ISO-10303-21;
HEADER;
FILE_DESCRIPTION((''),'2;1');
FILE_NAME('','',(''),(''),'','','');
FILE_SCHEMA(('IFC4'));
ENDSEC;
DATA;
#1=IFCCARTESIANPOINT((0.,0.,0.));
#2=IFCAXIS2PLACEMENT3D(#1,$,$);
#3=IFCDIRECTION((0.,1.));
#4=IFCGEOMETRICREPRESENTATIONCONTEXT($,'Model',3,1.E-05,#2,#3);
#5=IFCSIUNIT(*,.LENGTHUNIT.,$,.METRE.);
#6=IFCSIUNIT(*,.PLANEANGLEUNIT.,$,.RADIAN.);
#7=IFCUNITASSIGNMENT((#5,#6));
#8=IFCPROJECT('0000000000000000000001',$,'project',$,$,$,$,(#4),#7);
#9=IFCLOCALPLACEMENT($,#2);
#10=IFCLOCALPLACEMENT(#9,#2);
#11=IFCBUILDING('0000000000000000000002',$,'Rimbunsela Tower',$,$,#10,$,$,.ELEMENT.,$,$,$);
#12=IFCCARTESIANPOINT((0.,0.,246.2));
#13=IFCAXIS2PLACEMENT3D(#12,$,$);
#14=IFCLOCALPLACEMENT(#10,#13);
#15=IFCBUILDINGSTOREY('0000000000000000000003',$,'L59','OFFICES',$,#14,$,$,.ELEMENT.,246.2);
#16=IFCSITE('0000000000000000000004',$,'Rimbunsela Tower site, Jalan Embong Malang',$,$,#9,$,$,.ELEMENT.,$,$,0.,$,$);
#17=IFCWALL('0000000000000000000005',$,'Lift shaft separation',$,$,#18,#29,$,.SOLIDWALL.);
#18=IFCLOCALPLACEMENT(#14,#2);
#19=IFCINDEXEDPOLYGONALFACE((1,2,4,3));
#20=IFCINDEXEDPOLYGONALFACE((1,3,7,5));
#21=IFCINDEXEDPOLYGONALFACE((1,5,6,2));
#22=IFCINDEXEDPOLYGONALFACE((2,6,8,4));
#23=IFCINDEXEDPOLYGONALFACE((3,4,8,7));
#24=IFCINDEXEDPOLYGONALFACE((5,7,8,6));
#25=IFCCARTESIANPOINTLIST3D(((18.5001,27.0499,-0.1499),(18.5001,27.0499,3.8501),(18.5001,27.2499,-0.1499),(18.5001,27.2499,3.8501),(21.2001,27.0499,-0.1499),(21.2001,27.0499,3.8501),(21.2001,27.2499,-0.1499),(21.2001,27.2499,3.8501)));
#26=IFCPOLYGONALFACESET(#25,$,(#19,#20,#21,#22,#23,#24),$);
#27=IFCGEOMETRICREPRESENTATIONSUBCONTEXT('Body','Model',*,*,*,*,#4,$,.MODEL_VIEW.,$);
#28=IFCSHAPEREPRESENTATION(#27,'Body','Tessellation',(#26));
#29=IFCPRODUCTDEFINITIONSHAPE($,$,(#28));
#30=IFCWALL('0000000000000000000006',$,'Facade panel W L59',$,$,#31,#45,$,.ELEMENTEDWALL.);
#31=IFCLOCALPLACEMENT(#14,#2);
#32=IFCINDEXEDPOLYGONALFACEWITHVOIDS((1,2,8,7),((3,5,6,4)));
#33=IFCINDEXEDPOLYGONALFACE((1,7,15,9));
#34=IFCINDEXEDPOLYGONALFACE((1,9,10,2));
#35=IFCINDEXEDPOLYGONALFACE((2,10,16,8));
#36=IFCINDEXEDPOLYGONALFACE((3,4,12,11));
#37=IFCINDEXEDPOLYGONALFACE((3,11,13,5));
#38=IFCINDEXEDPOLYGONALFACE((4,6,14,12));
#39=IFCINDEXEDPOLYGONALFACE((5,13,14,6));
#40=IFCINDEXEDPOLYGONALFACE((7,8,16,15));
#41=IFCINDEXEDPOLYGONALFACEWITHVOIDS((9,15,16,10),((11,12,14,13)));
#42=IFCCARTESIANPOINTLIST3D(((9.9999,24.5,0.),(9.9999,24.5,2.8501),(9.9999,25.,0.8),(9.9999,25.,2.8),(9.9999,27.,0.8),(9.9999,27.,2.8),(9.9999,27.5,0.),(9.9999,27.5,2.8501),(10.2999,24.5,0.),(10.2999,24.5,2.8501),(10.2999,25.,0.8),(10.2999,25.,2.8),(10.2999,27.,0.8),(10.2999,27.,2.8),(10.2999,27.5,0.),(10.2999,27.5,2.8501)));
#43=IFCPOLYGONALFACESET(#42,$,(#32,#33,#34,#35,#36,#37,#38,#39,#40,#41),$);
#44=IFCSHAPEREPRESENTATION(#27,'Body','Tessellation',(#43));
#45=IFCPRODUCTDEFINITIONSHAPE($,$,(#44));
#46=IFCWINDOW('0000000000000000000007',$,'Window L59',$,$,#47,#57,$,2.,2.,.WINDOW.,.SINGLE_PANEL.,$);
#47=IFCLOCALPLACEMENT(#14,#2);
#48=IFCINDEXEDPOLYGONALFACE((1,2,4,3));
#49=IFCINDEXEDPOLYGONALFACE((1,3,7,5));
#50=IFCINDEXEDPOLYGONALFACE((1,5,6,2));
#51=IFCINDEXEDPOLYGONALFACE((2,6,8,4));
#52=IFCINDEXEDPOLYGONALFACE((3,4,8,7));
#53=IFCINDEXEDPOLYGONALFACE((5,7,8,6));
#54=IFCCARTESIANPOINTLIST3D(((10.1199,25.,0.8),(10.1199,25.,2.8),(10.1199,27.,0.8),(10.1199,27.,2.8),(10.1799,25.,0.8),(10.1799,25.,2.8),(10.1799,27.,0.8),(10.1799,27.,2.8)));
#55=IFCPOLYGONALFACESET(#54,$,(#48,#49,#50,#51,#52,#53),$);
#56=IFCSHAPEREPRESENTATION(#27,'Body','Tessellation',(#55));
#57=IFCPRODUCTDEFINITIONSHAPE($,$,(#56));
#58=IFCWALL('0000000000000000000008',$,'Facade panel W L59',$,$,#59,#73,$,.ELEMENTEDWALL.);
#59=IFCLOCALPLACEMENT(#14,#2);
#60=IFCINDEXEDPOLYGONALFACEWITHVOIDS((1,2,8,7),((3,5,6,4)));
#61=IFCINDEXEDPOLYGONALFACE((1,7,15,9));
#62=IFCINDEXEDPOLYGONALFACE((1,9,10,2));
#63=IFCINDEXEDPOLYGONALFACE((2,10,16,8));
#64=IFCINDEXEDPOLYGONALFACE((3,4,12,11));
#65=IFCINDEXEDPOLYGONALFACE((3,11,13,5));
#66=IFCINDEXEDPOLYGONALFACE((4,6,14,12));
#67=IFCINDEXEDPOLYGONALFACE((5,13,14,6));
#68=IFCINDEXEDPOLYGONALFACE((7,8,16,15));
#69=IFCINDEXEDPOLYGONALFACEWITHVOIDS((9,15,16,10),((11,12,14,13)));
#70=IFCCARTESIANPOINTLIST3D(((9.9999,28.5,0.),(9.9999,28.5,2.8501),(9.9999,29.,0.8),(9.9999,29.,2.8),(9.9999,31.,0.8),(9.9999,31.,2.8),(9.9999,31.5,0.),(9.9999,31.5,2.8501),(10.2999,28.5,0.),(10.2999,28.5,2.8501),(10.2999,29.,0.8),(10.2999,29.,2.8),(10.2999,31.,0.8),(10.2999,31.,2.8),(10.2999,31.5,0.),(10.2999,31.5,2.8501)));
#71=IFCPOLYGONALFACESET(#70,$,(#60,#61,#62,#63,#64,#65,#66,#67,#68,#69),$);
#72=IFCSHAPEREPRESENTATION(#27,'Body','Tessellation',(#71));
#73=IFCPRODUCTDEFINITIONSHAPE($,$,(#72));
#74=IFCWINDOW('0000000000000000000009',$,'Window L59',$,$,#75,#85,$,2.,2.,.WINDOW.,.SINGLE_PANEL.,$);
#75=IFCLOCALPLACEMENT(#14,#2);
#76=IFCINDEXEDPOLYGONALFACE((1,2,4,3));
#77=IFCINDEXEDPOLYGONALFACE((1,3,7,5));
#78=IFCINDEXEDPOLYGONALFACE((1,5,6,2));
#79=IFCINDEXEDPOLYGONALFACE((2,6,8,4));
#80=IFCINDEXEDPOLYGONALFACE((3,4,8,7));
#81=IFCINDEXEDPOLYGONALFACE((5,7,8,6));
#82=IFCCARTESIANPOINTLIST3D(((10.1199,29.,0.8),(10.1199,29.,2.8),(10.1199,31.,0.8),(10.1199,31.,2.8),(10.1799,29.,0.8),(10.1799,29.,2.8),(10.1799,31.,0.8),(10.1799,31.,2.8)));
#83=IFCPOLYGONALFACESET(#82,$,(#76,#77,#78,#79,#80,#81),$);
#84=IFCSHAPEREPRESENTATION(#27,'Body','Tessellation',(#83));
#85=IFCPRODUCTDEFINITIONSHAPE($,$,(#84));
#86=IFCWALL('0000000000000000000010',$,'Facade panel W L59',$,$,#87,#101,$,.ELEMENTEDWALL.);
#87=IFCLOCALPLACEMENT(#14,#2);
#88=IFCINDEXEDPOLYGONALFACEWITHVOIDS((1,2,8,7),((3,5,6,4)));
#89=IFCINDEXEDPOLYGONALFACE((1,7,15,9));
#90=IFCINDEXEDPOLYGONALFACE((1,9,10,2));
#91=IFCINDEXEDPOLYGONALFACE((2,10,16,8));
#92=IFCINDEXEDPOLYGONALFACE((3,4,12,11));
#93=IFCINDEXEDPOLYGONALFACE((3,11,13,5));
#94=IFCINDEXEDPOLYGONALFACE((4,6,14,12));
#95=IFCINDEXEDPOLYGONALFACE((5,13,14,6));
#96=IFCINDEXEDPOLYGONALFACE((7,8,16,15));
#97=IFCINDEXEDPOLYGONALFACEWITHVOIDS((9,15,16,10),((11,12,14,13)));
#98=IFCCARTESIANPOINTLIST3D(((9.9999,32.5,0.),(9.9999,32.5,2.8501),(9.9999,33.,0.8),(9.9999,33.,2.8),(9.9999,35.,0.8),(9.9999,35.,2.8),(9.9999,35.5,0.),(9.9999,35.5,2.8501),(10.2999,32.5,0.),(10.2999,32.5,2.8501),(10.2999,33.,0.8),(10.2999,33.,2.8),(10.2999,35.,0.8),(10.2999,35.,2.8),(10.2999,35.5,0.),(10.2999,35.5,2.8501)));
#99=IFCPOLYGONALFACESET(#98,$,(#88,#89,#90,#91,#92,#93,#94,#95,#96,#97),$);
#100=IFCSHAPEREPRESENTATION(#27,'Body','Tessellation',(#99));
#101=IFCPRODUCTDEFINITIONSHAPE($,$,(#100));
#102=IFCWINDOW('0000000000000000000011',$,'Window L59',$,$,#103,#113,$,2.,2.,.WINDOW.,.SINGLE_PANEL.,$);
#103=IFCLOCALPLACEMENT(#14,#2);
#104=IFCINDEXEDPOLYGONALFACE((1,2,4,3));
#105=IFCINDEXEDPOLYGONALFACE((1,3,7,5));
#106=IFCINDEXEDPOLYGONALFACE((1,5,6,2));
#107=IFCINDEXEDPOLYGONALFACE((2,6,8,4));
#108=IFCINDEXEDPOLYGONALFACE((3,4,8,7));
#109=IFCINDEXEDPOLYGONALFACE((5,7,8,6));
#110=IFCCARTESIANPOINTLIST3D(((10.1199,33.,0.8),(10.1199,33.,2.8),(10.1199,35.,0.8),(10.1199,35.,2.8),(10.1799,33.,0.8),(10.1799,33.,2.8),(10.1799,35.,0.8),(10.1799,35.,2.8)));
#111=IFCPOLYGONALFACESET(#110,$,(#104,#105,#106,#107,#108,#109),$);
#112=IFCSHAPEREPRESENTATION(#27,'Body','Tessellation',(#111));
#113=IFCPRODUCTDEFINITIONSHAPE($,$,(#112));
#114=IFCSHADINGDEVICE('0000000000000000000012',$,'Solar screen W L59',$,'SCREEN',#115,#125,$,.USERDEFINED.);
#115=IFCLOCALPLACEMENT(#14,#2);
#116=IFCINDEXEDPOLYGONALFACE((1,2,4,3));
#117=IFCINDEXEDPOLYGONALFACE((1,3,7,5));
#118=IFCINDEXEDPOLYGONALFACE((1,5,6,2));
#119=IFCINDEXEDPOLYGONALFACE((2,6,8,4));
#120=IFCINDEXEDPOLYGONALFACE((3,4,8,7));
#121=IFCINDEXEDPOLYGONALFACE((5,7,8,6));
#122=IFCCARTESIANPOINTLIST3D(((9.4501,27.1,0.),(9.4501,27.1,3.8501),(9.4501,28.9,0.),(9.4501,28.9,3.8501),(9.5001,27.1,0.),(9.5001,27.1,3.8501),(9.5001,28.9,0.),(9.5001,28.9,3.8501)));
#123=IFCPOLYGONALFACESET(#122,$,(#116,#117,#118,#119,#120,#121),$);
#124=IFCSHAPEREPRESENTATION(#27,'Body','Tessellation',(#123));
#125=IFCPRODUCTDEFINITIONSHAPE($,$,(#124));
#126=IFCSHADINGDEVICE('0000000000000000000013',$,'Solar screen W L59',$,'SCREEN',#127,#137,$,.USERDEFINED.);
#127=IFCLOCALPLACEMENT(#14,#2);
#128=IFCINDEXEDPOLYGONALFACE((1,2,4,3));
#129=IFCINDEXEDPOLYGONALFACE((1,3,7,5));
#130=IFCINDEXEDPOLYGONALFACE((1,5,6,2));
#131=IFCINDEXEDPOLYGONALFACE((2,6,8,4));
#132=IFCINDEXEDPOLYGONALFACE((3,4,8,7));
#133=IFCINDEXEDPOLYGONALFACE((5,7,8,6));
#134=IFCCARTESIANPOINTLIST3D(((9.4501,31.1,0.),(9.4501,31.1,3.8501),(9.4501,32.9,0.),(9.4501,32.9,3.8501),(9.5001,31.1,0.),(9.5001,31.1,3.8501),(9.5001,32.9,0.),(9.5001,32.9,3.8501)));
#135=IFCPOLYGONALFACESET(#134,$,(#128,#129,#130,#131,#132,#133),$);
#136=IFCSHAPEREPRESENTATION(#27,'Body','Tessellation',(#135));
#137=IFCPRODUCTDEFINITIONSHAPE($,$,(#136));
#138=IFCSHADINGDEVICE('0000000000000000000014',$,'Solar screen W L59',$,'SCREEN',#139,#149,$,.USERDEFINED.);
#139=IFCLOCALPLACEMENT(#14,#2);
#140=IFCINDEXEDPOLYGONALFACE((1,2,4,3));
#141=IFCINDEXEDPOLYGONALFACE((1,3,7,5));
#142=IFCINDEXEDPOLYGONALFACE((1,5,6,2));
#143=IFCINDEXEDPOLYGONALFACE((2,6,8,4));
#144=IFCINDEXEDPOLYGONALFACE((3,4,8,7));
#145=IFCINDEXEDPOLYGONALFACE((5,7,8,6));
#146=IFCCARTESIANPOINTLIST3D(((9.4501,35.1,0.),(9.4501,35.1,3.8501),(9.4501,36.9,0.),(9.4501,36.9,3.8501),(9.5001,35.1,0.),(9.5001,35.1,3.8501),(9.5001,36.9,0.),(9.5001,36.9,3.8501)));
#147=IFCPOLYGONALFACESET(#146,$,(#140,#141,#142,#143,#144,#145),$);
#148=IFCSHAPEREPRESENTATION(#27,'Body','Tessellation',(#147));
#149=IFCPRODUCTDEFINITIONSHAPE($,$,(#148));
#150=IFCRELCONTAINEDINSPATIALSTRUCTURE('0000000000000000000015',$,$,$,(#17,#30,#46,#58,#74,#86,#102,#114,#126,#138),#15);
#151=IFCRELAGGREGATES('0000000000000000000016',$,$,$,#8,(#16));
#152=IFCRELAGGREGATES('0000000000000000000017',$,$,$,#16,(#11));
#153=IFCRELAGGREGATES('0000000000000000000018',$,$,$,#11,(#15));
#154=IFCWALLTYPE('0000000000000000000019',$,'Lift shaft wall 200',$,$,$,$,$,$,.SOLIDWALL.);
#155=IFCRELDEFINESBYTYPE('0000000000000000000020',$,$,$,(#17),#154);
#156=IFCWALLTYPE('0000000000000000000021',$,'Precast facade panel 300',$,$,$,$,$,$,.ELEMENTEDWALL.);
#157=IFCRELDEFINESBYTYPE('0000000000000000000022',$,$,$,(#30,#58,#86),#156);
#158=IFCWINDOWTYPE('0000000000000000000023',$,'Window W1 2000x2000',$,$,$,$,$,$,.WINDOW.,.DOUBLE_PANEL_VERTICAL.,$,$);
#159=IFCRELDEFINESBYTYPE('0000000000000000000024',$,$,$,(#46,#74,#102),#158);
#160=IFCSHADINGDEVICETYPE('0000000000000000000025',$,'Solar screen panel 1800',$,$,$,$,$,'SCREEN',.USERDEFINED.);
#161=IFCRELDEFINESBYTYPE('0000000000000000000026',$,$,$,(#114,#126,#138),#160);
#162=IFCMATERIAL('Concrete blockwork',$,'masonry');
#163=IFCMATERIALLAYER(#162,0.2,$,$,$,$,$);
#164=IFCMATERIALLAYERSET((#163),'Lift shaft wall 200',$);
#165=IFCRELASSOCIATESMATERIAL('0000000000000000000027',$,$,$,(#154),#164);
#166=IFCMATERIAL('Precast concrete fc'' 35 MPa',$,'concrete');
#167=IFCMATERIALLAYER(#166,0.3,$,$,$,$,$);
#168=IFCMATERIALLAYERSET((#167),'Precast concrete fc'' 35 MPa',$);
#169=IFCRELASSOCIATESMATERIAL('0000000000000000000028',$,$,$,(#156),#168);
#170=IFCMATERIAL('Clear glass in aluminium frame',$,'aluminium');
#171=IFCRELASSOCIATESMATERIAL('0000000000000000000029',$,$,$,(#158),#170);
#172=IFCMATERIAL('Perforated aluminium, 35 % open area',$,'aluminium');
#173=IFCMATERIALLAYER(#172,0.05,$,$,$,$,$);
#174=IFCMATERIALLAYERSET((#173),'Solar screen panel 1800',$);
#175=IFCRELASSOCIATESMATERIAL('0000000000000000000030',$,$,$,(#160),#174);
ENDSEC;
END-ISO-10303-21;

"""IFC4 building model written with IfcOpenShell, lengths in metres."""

from ifc_helpers import new_model, si_unit, direction, frame, frame_2d, origin, origin_2d, place, context, subcontext, project, spatial, rectangle, extrude, material, layer, layer_set, type_object, element, fill, save


model = new_model("IFC4")

# Units and contexts
model_context = context("Model", 3, precision=1e-05, world=origin(), true_north=direction((0.0, 1.0)))
body_context = subcontext(model_context, "Body", "Model", "MODEL_VIEW")
ifc_project = project(units=[si_unit("LENGTHUNIT", "METRE"), si_unit("PLANEANGLEUNIT", "RADIAN")], contexts=[model_context])

# Site, building, storey
site_placement = place(None, origin())
site = spatial("IfcSite", under=ifc_project, at=site_placement, Name="Rimbunsela Tower site, Jalan Embong Malang", CompositionType="ELEMENT", RefElevation=0.0)
building_placement = place(site_placement, origin())
building = spatial("IfcBuilding", under=site, at=building_placement, Name="Rimbunsela Tower", CompositionType="ELEMENT")
storey_placement = place(building_placement, frame((0.0, 0.0, 246.2)))
storey = spatial("IfcBuildingStorey", under=building, at=storey_placement, Name="L59", Description="OFFICES", CompositionType="ELEMENT", Elevation=246.2)

# Wall
ifc_material_1 = material(Name="Concrete blockwork", Category="masonry")
ifc_layer_1 = layer(ifc_material_1, 0.2)
ifc_layer_set_1 = layer_set([ifc_layer_1], Name="Lift shaft wall 200")
wall_type_1 = type_object("IfcWallType", Name="Lift shaft wall 200", PredefinedType="SOLIDWALL", material=ifc_layer_set_1)
wall_1_placement = place(storey_placement, frame((18.5, 27.1499, -0.1499), z_axis=(0.0, 0.0, 1.0), x_axis=(1.0, 0.0, 0.0)))
element("IfcWall", 1, at=wall_1_placement, inside=storey, type_object=wall_type_1, Name="Lift shaft separation", PredefinedType="SOLIDWALL", context=body_context, shape_type="SweptSolid", body=[
    extrude(rectangle(XDim=2.7, YDim=0.2, at=frame_2d((1.3501, 0.0))), origin(), (0.0, 0.0, 1.0), 4.0),
])

# Walls, openings, windows
ifc_material_2 = material(Name="Precast concrete fc' 35 MPa", Category="concrete")
ifc_layer_2 = layer(ifc_material_2, 0.3)
ifc_layer_set_2 = layer_set([ifc_layer_2], Name="Precast concrete fc' 35 MPa")
wall_type_2 = type_object("IfcWallType", Name="Precast facade panel 300", PredefinedType="ELEMENTEDWALL", material=ifc_layer_set_2)
wall_2_placement = place(storey_placement, frame((10.1499, 27.5, 0.0), z_axis=(0.0, 0.0, 1.0), x_axis=(0.0, -1.0, 0.0)))
wall_2 = element("IfcWall", 2, at=wall_2_placement, inside=storey, type_object=wall_type_2, Name="Facade panel W L59", PredefinedType="ELEMENTEDWALL", context=body_context, shape_type="SweptSolid", body=[
    extrude(rectangle(XDim=3.0, YDim=0.3, at=frame_2d((1.5, 0.0))), origin(), (0.0, 0.0, 1.0), 2.8501),
])
opening_1_placement = place(wall_2_placement, frame((0.5, 0.0, 0.8)))
opening_1 = element("IfcOpeningElement", 3, at=opening_1_placement, cuts=wall_2, PredefinedType="OPENING", context=body_context, shape_type="SweptSolid", body=[
    extrude(rectangle(XDim=2.0, YDim=2.0, at=frame_2d((1.0, 1.0))), frame((0.0, 0.1599, 0.0), z_axis=(0.0, -1.0, 0.0), x_axis=(1.0, 0.0, 0.0)), (0.0, 0.0, 1.0), 0.3201),
])
ifc_material_3 = material(Name="Clear glass in aluminium frame", Category="aluminium")
window_type = type_object("IfcWindowType", Name="Window W1 2000x2000", PartitioningType="DOUBLE_PANEL_VERTICAL", PredefinedType="WINDOW", material=ifc_material_3)
window_1_placement = place(opening_1_placement, origin())
window_1 = element("IfcWindow", 4, at=window_1_placement, inside=storey, type_object=window_type, Name="Window L59", OverallHeight=2.0, OverallWidth=2.0, PartitioningType="SINGLE_PANEL", PredefinedType="WINDOW", context=body_context, shape_type="SweptSolid", body=[
    extrude(rectangle(XDim=2.0, YDim=2.0, at=frame_2d((1.0, 1.0))), frame((0.0, 0.03, 0.0), z_axis=(0.0, -1.0, 0.0), x_axis=(1.0, 0.0, 0.0)), (0.0, 0.0, 1.0), 0.0601),
])
fill(opening_1, window_1)
wall_3_placement = place(storey_placement, frame((10.1499, 31.5, 0.0), z_axis=(0.0, 0.0, 1.0), x_axis=(0.0, -1.0, 0.0)))
wall_3 = element("IfcWall", 5, at=wall_3_placement, inside=storey, type_object=wall_type_2, Name="Facade panel W L59", PredefinedType="ELEMENTEDWALL", context=body_context, shape_type="SweptSolid", body=[
    extrude(rectangle(XDim=3.0, YDim=0.3, at=frame_2d((1.5, 0.0))), origin(), (0.0, 0.0, 1.0), 2.8501),
])
opening_2_placement = place(wall_3_placement, frame((0.5, 0.0, 0.8)))
opening_2 = element("IfcOpeningElement", 6, at=opening_2_placement, cuts=wall_3, PredefinedType="OPENING", context=body_context, shape_type="SweptSolid", body=[
    extrude(rectangle(XDim=2.0, YDim=2.0, at=frame_2d((1.0, 1.0))), frame((0.0, 0.1599, 0.0), z_axis=(0.0, -1.0, 0.0), x_axis=(1.0, 0.0, 0.0)), (0.0, 0.0, 1.0), 0.3201),
])
window_2_placement = place(opening_2_placement, origin())
window_2 = element("IfcWindow", 7, at=window_2_placement, inside=storey, type_object=window_type, Name="Window L59", OverallHeight=2.0, OverallWidth=2.0, PartitioningType="SINGLE_PANEL", PredefinedType="WINDOW", context=body_context, shape_type="SweptSolid", body=[
    extrude(rectangle(XDim=2.0, YDim=2.0, at=frame_2d((1.0, 1.0))), frame((0.0, 0.03, 0.0), z_axis=(0.0, -1.0, 0.0), x_axis=(1.0, 0.0, 0.0)), (0.0, 0.0, 1.0), 0.0601),
])
fill(opening_2, window_2)
wall_4_placement = place(storey_placement, frame((10.1499, 35.5, 0.0), z_axis=(0.0, 0.0, 1.0), x_axis=(0.0, -1.0, 0.0)))
wall_4 = element("IfcWall", 8, at=wall_4_placement, inside=storey, type_object=wall_type_2, Name="Facade panel W L59", PredefinedType="ELEMENTEDWALL", context=body_context, shape_type="SweptSolid", body=[
    extrude(rectangle(XDim=3.0, YDim=0.3, at=frame_2d((1.5, 0.0))), origin(), (0.0, 0.0, 1.0), 2.8501),
])
opening_3_placement = place(wall_4_placement, frame((0.5, 0.0, 0.8)))
opening_3 = element("IfcOpeningElement", 9, at=opening_3_placement, cuts=wall_4, PredefinedType="OPENING", context=body_context, shape_type="SweptSolid", body=[
    extrude(rectangle(XDim=2.0, YDim=2.0, at=frame_2d((1.0, 1.0))), frame((0.0, 0.1599, 0.0), z_axis=(0.0, -1.0, 0.0), x_axis=(1.0, 0.0, 0.0)), (0.0, 0.0, 1.0), 0.3201),
])
window_3_placement = place(opening_3_placement, origin())
window_3 = element("IfcWindow", 10, at=window_3_placement, inside=storey, type_object=window_type, Name="Window L59", OverallHeight=2.0, OverallWidth=2.0, PartitioningType="SINGLE_PANEL", PredefinedType="WINDOW", context=body_context, shape_type="SweptSolid", body=[
    extrude(rectangle(XDim=2.0, YDim=2.0, at=frame_2d((1.0, 1.0))), frame((0.0, 0.03, 0.0), z_axis=(0.0, -1.0, 0.0), x_axis=(1.0, 0.0, 0.0)), (0.0, 0.0, 1.0), 0.0601),
])
fill(opening_3, window_3)

# Shading devices
ifc_material_4 = material(Name="Perforated aluminium, 35 % open area", Category="aluminium")
ifc_layer_3 = layer(ifc_material_4, 0.05)
ifc_layer_set_3 = layer_set([ifc_layer_3], Name="Solar screen panel 1800")
shading_device_type = type_object("IfcShadingDeviceType", Name="Solar screen panel 1800", ElementType="SCREEN", PredefinedType="USERDEFINED", material=ifc_layer_set_3)
for number, where, z_axis, x_axis, name in (
    (11, (9.4751, 28.0, 0.0), (0.0, 0.0, 1.0), (0.0, 1.0, 0.0), "Solar screen W L59"),
    (12, (9.4751, 32.0, 0.0), (0.0, 0.0, 1.0), (0.0, 1.0, 0.0), "Solar screen W L59"),
    (13, (9.4751, 36.0, 0.0), (0.0, 0.0, 1.0), (0.0, 1.0, 0.0), "Solar screen W L59"),
):
    element("IfcShadingDevice", number, at=place(storey_placement, frame(where, z_axis=z_axis, x_axis=x_axis)), inside=storey, type_object=shading_device_type, Name=name, ObjectType="SCREEN", PredefinedType="USERDEFINED", context=body_context, shape_type="SweptSolid", body=[
        extrude(rectangle(XDim=1.8, YDim=0.05, at=origin_2d()), origin(), (0.0, 0.0, 1.0), 3.8501),
    ])

save(model, "model.ifc")
